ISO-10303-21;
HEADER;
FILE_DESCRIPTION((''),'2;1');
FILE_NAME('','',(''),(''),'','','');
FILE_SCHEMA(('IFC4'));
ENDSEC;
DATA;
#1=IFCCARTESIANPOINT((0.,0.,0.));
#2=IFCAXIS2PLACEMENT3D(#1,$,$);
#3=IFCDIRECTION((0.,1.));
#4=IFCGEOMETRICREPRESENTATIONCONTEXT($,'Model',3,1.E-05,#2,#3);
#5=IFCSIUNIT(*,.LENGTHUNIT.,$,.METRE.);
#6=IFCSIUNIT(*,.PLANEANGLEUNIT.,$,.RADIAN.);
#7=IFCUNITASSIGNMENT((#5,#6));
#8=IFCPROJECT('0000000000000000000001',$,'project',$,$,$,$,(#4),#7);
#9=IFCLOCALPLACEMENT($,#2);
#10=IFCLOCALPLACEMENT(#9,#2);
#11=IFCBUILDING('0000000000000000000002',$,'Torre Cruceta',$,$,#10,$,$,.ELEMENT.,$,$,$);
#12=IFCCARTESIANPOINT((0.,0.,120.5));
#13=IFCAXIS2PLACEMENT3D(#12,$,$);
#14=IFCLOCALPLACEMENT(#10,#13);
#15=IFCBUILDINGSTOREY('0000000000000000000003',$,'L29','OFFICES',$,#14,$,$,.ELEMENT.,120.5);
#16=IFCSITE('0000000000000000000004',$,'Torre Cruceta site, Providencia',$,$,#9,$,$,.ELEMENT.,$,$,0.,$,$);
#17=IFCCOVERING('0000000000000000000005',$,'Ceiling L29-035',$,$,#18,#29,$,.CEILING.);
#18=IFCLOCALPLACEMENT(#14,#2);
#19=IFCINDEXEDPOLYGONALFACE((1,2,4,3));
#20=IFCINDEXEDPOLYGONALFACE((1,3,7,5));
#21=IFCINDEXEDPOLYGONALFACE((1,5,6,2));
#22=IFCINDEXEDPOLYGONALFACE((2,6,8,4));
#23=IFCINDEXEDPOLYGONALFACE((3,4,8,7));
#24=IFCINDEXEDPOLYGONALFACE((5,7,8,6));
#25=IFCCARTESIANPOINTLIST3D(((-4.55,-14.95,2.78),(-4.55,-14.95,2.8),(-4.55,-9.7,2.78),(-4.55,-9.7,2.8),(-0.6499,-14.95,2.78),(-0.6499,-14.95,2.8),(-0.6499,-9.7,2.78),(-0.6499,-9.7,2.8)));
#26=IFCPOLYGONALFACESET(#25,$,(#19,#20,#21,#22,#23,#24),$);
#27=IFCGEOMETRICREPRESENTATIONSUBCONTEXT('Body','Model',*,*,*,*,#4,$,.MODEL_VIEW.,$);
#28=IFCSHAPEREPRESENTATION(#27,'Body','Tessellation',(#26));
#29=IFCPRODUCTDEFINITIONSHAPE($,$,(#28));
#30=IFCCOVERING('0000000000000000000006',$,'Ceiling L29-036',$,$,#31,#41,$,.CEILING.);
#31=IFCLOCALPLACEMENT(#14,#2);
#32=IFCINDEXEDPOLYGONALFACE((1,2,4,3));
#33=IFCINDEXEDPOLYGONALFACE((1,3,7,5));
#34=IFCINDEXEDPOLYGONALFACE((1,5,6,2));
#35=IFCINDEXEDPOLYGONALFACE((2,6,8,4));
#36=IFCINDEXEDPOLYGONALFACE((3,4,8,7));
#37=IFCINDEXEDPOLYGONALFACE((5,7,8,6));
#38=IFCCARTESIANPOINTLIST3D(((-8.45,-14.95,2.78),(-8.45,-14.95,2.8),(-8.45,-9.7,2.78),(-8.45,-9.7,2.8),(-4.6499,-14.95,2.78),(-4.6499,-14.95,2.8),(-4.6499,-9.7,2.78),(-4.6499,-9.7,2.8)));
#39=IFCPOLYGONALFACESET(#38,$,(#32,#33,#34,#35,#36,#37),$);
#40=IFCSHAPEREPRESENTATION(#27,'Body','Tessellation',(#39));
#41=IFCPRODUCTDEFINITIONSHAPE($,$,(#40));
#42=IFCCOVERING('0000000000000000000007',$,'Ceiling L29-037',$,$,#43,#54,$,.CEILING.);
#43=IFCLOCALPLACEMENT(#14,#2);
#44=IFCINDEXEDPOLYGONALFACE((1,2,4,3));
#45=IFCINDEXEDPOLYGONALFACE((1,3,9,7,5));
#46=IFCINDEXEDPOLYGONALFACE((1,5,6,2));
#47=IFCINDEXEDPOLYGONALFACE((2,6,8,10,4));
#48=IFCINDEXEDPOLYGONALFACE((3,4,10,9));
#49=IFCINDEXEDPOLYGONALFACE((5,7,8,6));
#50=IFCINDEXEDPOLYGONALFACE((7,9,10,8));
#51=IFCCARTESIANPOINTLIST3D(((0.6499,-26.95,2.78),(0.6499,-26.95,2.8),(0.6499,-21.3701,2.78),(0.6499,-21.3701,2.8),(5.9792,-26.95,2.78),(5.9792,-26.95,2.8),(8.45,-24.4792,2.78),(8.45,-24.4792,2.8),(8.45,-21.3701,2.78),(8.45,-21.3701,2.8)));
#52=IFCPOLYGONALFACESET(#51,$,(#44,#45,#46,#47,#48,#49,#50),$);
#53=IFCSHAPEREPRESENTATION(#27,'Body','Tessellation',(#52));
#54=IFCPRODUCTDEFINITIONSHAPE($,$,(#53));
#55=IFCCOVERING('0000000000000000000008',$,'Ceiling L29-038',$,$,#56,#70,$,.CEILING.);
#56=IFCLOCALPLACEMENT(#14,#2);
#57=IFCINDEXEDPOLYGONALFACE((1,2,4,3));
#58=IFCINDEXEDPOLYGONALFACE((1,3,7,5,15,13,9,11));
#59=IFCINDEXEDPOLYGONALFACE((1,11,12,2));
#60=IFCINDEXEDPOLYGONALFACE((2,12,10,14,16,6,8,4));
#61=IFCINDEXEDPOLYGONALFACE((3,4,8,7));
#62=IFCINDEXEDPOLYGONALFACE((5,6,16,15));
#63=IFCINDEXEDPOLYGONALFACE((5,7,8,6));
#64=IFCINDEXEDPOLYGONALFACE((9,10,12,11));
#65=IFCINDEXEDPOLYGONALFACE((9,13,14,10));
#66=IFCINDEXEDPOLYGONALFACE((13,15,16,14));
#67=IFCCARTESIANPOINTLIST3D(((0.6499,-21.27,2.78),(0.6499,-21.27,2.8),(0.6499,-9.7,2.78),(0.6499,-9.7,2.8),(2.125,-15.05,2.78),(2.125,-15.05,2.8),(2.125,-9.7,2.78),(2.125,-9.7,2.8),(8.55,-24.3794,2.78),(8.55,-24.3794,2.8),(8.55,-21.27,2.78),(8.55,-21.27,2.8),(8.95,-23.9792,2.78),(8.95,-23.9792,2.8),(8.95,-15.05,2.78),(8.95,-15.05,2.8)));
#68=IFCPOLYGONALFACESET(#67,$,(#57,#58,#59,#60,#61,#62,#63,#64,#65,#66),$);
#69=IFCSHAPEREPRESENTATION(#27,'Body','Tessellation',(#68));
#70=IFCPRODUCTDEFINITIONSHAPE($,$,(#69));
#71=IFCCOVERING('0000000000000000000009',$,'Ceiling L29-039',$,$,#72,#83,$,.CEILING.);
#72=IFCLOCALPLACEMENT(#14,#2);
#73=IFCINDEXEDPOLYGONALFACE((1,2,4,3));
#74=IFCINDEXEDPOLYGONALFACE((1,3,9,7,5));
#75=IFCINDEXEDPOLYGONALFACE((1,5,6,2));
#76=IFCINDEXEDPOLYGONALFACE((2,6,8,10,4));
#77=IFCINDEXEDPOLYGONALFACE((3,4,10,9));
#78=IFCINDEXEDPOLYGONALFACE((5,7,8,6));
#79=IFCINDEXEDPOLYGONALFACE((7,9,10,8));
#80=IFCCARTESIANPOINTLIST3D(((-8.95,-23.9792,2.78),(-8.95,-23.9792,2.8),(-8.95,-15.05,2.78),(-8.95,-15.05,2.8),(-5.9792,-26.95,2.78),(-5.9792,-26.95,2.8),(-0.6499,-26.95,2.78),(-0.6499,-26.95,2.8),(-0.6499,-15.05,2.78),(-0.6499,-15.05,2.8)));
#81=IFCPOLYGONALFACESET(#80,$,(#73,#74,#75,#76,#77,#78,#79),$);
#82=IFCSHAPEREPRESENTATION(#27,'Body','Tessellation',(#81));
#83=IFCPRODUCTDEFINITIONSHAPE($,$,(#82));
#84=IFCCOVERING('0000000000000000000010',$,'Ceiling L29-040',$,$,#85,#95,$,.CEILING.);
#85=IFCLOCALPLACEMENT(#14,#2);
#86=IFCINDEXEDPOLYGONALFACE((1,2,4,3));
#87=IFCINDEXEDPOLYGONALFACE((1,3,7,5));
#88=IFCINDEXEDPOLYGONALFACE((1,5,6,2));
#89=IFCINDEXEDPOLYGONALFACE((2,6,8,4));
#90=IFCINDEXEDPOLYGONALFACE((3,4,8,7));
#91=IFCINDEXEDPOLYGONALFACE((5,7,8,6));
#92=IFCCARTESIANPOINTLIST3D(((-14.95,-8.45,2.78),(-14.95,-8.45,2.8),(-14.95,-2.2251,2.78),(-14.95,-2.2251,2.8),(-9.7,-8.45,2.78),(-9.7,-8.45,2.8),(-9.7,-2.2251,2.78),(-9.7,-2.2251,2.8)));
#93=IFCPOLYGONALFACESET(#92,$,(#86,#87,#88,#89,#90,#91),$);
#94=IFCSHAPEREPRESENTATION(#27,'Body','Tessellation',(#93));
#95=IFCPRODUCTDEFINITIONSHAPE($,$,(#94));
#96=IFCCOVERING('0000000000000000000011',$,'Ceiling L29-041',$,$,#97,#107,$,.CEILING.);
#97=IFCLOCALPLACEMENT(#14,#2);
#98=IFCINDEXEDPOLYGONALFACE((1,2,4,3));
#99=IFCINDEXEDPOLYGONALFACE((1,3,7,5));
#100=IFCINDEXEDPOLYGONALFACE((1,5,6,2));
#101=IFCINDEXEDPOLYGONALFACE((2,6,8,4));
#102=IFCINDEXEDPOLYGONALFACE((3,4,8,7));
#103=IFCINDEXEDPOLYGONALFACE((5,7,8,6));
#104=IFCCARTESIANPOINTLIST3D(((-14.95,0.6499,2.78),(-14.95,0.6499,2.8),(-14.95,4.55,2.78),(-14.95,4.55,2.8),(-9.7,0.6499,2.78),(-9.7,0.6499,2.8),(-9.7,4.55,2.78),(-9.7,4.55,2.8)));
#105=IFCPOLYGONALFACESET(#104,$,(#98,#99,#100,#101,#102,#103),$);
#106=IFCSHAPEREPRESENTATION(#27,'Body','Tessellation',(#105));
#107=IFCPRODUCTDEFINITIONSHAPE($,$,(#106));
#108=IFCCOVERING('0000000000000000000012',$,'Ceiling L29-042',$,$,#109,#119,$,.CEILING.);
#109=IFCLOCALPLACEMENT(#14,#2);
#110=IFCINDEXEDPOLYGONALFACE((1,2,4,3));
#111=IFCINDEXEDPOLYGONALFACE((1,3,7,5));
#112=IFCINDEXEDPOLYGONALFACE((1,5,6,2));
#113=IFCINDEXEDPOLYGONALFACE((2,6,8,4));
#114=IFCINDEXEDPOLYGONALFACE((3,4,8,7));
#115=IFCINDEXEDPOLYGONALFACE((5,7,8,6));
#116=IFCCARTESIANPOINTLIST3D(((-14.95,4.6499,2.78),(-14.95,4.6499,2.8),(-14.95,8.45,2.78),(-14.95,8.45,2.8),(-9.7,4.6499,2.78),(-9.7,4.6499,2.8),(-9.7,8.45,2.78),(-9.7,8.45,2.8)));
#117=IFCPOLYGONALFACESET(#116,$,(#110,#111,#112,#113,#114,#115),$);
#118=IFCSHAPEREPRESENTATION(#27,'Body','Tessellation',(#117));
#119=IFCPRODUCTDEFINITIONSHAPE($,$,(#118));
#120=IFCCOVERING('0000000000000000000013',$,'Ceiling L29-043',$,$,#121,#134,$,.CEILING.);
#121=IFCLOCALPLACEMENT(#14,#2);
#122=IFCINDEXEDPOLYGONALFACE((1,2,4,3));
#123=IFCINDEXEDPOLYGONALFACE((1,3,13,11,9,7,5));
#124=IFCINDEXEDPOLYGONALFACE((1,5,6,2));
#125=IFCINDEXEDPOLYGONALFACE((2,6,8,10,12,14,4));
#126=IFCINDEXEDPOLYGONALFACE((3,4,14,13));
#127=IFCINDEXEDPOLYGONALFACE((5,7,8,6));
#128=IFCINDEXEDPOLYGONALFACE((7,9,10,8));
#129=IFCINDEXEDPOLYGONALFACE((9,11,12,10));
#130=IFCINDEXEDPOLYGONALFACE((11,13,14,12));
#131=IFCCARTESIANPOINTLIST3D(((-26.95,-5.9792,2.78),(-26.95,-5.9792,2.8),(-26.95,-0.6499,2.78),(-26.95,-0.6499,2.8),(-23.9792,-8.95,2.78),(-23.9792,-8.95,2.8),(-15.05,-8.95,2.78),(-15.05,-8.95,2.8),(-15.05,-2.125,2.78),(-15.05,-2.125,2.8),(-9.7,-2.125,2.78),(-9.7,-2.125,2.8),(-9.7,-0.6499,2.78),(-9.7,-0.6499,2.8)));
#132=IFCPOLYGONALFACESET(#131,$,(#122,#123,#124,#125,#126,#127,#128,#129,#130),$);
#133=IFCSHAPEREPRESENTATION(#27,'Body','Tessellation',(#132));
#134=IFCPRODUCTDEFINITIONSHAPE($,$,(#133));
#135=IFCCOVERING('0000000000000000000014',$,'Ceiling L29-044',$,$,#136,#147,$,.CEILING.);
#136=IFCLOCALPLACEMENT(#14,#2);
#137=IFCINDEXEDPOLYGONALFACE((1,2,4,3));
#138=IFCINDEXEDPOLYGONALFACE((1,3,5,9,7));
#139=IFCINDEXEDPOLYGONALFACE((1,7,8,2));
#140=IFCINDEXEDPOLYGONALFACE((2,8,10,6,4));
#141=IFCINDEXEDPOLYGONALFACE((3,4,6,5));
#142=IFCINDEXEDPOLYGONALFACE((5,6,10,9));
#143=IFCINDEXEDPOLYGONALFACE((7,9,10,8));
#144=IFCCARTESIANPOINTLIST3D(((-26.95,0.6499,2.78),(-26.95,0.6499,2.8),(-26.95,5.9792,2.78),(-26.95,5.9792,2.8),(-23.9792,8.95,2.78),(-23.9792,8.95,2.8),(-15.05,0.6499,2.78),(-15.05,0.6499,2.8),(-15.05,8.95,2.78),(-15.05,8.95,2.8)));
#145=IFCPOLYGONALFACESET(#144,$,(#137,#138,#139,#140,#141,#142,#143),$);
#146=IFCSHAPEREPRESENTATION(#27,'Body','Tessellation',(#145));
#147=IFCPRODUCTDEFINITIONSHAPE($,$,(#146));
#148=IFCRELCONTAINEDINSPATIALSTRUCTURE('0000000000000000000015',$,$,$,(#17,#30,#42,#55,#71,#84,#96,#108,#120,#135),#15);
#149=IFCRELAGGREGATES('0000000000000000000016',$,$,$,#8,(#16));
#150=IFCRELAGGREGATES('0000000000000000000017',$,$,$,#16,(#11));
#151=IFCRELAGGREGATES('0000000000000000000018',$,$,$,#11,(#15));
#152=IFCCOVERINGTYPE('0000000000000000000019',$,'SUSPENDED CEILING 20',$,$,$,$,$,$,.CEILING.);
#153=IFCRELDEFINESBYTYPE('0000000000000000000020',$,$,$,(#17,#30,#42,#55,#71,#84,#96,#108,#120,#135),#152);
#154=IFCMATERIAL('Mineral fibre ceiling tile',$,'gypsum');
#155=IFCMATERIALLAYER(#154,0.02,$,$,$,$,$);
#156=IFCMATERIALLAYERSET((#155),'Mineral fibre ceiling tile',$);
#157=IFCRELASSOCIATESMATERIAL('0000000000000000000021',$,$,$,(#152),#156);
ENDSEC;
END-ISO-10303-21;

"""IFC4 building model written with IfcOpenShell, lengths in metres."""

from ifc_helpers import new_model, si_unit, direction, frame, origin, place, context, subcontext, project, spatial, polyline, outline, extrude, material, layer, layer_set, type_object, element, save


model = new_model("IFC4")

# Units and contexts
model_context = context("Model", 3, precision=1e-05, world=origin(), true_north=direction((0.0, 1.0)))
body_context = subcontext(model_context, "Body", "Model", "MODEL_VIEW")
ifc_project = project(units=[si_unit("LENGTHUNIT", "METRE"), si_unit("PLANEANGLEUNIT", "RADIAN")], contexts=[model_context])

# Site, building, storey
site_placement = place(None, origin())
site = spatial("IfcSite", under=ifc_project, at=site_placement, Name="Torre Cruceta site, Providencia", CompositionType="ELEMENT", RefElevation=0.0)
building_placement = place(site_placement, origin())
building = spatial("IfcBuilding", under=site, at=building_placement, Name="Torre Cruceta", CompositionType="ELEMENT")
storey_placement = place(building_placement, frame((0.0, 0.0, 120.5)))
storey = spatial("IfcBuildingStorey", under=building, at=storey_placement, Name="L29", Description="OFFICES", CompositionType="ELEMENT", Elevation=120.5)

# Coverings
ifc_material_1 = material(Name="Mineral fibre ceiling tile", Category="gypsum")
ifc_layer = layer(ifc_material_1, 0.02)
ifc_layer_set = layer_set([ifc_layer], Name="Mineral fibre ceiling tile")
covering_type_1 = type_object("IfcCoveringType", Name="SUSPENDED CEILING 20", PredefinedType="CEILING", material=ifc_layer_set)
covering_1_placement = place(storey_placement, frame((0.0, 0.0, 2.78)))
element("IfcCovering", 1, at=covering_1_placement, inside=storey, type_object=covering_type_1, Name="Ceiling L29-035", PredefinedType="CEILING", context=body_context, shape_type="SweptSolid", body=[
    extrude(outline(polyline([(-4.55, -9.7), (-0.6499, -9.7), (-0.6499, -14.95), (-4.55, -14.95), (-4.55, -9.7)])), origin(), (0.0, 0.0, 1.0), 0.02),
])
covering_2_placement = place(storey_placement, frame((0.0, 0.0, 2.78)))
element("IfcCovering", 2, at=covering_2_placement, inside=storey, type_object=covering_type_1, Name="Ceiling L29-036", PredefinedType="CEILING", context=body_context, shape_type="SweptSolid", body=[
    extrude(outline(polyline([(-8.45, -9.7), (-4.6499, -9.7), (-4.6499, -14.95), (-8.45, -14.95), (-8.45, -9.7)])), origin(), (0.0, 0.0, 1.0), 0.02),
])
covering_3_placement = place(storey_placement, frame((0.0, 0.0, 2.78)))
element("IfcCovering", 3, at=covering_3_placement, inside=storey, type_object=covering_type_1, Name="Ceiling L29-037", PredefinedType="CEILING", context=body_context, shape_type="SweptSolid", body=[
    extrude(outline(polyline([(0.6499, -26.95), (0.6499, -21.3701), (8.45, -21.3701), (8.45, -24.4792), (5.9792, -26.95), (0.6499, -26.95)])), origin(), (0.0, 0.0, 1.0), 0.02),
])
covering_4_placement = place(storey_placement, frame((0.0, 0.0, 2.78)))
element("IfcCovering", 4, at=covering_4_placement, inside=storey, type_object=covering_type_1, Name="Ceiling L29-038", PredefinedType="CEILING", context=body_context, shape_type="SweptSolid", body=[
    extrude(outline(polyline([(2.125, -9.7), (2.125, -15.05), (8.95, -15.05), (8.95, -23.9792), (8.55, -24.3794), (8.55, -21.27), (0.6499, -21.27), (0.6499, -9.7), (2.125, -9.7)])), origin(), (0.0, 0.0, 1.0), 0.02),
])
covering_5_placement = place(storey_placement, frame((0.0, 0.0, 2.78)))
element("IfcCovering", 5, at=covering_5_placement, inside=storey, type_object=covering_type_1, Name="Ceiling L29-039", PredefinedType="CEILING", context=body_context, shape_type="SweptSolid", body=[
    extrude(outline(polyline([(-8.95, -23.9792), (-8.95, -15.05), (-0.6499, -15.05), (-0.6499, -26.95), (-5.9792, -26.95), (-8.95, -23.9792)])), origin(), (0.0, 0.0, 1.0), 0.02),
])
covering_6_placement = place(storey_placement, frame((0.0, 0.0, 2.78)))
element("IfcCovering", 6, at=covering_6_placement, inside=storey, type_object=covering_type_1, Name="Ceiling L29-040", PredefinedType="CEILING", context=body_context, shape_type="SweptSolid", body=[
    extrude(outline(polyline([(-9.7, -2.2251), (-9.7, -8.45), (-14.95, -8.45), (-14.95, -2.2251), (-9.7, -2.2251)])), origin(), (0.0, 0.0, 1.0), 0.02),
])
covering_7_placement = place(storey_placement, frame((0.0, 0.0, 2.78)))
element("IfcCovering", 7, at=covering_7_placement, inside=storey, type_object=covering_type_1, Name="Ceiling L29-041", PredefinedType="CEILING", context=body_context, shape_type="SweptSolid", body=[
    extrude(outline(polyline([(-9.7, 4.55), (-9.7, 0.6499), (-14.95, 0.6499), (-14.95, 4.55), (-9.7, 4.55)])), origin(), (0.0, 0.0, 1.0), 0.02),
])
covering_8_placement = place(storey_placement, frame((0.0, 0.0, 2.78)))
element("IfcCovering", 8, at=covering_8_placement, inside=storey, type_object=covering_type_1, Name="Ceiling L29-042", PredefinedType="CEILING", context=body_context, shape_type="SweptSolid", body=[
    extrude(outline(polyline([(-9.7, 8.45), (-9.7, 4.6499), (-14.95, 4.6499), (-14.95, 8.45), (-9.7, 8.45)])), origin(), (0.0, 0.0, 1.0), 0.02),
])
covering_9_placement = place(storey_placement, frame((0.0, 0.0, 2.78)))
element("IfcCovering", 9, at=covering_9_placement, inside=storey, type_object=covering_type_1, Name="Ceiling L29-043", PredefinedType="CEILING", context=body_context, shape_type="SweptSolid", body=[
    extrude(outline(polyline([(-26.95, -0.6499), (-9.7, -0.6499), (-9.7, -2.125), (-15.05, -2.125), (-15.05, -8.95), (-23.9792, -8.95), (-26.95, -5.9792), (-26.95, -0.6499)])), origin(), (0.0, 0.0, 1.0), 0.02),
])
covering_10_placement = place(storey_placement, frame((0.0, 0.0, 2.78)))
element("IfcCovering", 10, at=covering_10_placement, inside=storey, type_object=covering_type_1, Name="Ceiling L29-044", PredefinedType="CEILING", context=body_context, shape_type="SweptSolid", body=[
    extrude(outline(polyline([(-26.95, 5.9792), (-23.9792, 8.95), (-15.05, 8.95), (-15.05, 0.6499), (-26.95, 0.6499), (-26.95, 5.9792)])), origin(), (0.0, 0.0, 1.0), 0.02),
])

save(model, "model.ifc")
